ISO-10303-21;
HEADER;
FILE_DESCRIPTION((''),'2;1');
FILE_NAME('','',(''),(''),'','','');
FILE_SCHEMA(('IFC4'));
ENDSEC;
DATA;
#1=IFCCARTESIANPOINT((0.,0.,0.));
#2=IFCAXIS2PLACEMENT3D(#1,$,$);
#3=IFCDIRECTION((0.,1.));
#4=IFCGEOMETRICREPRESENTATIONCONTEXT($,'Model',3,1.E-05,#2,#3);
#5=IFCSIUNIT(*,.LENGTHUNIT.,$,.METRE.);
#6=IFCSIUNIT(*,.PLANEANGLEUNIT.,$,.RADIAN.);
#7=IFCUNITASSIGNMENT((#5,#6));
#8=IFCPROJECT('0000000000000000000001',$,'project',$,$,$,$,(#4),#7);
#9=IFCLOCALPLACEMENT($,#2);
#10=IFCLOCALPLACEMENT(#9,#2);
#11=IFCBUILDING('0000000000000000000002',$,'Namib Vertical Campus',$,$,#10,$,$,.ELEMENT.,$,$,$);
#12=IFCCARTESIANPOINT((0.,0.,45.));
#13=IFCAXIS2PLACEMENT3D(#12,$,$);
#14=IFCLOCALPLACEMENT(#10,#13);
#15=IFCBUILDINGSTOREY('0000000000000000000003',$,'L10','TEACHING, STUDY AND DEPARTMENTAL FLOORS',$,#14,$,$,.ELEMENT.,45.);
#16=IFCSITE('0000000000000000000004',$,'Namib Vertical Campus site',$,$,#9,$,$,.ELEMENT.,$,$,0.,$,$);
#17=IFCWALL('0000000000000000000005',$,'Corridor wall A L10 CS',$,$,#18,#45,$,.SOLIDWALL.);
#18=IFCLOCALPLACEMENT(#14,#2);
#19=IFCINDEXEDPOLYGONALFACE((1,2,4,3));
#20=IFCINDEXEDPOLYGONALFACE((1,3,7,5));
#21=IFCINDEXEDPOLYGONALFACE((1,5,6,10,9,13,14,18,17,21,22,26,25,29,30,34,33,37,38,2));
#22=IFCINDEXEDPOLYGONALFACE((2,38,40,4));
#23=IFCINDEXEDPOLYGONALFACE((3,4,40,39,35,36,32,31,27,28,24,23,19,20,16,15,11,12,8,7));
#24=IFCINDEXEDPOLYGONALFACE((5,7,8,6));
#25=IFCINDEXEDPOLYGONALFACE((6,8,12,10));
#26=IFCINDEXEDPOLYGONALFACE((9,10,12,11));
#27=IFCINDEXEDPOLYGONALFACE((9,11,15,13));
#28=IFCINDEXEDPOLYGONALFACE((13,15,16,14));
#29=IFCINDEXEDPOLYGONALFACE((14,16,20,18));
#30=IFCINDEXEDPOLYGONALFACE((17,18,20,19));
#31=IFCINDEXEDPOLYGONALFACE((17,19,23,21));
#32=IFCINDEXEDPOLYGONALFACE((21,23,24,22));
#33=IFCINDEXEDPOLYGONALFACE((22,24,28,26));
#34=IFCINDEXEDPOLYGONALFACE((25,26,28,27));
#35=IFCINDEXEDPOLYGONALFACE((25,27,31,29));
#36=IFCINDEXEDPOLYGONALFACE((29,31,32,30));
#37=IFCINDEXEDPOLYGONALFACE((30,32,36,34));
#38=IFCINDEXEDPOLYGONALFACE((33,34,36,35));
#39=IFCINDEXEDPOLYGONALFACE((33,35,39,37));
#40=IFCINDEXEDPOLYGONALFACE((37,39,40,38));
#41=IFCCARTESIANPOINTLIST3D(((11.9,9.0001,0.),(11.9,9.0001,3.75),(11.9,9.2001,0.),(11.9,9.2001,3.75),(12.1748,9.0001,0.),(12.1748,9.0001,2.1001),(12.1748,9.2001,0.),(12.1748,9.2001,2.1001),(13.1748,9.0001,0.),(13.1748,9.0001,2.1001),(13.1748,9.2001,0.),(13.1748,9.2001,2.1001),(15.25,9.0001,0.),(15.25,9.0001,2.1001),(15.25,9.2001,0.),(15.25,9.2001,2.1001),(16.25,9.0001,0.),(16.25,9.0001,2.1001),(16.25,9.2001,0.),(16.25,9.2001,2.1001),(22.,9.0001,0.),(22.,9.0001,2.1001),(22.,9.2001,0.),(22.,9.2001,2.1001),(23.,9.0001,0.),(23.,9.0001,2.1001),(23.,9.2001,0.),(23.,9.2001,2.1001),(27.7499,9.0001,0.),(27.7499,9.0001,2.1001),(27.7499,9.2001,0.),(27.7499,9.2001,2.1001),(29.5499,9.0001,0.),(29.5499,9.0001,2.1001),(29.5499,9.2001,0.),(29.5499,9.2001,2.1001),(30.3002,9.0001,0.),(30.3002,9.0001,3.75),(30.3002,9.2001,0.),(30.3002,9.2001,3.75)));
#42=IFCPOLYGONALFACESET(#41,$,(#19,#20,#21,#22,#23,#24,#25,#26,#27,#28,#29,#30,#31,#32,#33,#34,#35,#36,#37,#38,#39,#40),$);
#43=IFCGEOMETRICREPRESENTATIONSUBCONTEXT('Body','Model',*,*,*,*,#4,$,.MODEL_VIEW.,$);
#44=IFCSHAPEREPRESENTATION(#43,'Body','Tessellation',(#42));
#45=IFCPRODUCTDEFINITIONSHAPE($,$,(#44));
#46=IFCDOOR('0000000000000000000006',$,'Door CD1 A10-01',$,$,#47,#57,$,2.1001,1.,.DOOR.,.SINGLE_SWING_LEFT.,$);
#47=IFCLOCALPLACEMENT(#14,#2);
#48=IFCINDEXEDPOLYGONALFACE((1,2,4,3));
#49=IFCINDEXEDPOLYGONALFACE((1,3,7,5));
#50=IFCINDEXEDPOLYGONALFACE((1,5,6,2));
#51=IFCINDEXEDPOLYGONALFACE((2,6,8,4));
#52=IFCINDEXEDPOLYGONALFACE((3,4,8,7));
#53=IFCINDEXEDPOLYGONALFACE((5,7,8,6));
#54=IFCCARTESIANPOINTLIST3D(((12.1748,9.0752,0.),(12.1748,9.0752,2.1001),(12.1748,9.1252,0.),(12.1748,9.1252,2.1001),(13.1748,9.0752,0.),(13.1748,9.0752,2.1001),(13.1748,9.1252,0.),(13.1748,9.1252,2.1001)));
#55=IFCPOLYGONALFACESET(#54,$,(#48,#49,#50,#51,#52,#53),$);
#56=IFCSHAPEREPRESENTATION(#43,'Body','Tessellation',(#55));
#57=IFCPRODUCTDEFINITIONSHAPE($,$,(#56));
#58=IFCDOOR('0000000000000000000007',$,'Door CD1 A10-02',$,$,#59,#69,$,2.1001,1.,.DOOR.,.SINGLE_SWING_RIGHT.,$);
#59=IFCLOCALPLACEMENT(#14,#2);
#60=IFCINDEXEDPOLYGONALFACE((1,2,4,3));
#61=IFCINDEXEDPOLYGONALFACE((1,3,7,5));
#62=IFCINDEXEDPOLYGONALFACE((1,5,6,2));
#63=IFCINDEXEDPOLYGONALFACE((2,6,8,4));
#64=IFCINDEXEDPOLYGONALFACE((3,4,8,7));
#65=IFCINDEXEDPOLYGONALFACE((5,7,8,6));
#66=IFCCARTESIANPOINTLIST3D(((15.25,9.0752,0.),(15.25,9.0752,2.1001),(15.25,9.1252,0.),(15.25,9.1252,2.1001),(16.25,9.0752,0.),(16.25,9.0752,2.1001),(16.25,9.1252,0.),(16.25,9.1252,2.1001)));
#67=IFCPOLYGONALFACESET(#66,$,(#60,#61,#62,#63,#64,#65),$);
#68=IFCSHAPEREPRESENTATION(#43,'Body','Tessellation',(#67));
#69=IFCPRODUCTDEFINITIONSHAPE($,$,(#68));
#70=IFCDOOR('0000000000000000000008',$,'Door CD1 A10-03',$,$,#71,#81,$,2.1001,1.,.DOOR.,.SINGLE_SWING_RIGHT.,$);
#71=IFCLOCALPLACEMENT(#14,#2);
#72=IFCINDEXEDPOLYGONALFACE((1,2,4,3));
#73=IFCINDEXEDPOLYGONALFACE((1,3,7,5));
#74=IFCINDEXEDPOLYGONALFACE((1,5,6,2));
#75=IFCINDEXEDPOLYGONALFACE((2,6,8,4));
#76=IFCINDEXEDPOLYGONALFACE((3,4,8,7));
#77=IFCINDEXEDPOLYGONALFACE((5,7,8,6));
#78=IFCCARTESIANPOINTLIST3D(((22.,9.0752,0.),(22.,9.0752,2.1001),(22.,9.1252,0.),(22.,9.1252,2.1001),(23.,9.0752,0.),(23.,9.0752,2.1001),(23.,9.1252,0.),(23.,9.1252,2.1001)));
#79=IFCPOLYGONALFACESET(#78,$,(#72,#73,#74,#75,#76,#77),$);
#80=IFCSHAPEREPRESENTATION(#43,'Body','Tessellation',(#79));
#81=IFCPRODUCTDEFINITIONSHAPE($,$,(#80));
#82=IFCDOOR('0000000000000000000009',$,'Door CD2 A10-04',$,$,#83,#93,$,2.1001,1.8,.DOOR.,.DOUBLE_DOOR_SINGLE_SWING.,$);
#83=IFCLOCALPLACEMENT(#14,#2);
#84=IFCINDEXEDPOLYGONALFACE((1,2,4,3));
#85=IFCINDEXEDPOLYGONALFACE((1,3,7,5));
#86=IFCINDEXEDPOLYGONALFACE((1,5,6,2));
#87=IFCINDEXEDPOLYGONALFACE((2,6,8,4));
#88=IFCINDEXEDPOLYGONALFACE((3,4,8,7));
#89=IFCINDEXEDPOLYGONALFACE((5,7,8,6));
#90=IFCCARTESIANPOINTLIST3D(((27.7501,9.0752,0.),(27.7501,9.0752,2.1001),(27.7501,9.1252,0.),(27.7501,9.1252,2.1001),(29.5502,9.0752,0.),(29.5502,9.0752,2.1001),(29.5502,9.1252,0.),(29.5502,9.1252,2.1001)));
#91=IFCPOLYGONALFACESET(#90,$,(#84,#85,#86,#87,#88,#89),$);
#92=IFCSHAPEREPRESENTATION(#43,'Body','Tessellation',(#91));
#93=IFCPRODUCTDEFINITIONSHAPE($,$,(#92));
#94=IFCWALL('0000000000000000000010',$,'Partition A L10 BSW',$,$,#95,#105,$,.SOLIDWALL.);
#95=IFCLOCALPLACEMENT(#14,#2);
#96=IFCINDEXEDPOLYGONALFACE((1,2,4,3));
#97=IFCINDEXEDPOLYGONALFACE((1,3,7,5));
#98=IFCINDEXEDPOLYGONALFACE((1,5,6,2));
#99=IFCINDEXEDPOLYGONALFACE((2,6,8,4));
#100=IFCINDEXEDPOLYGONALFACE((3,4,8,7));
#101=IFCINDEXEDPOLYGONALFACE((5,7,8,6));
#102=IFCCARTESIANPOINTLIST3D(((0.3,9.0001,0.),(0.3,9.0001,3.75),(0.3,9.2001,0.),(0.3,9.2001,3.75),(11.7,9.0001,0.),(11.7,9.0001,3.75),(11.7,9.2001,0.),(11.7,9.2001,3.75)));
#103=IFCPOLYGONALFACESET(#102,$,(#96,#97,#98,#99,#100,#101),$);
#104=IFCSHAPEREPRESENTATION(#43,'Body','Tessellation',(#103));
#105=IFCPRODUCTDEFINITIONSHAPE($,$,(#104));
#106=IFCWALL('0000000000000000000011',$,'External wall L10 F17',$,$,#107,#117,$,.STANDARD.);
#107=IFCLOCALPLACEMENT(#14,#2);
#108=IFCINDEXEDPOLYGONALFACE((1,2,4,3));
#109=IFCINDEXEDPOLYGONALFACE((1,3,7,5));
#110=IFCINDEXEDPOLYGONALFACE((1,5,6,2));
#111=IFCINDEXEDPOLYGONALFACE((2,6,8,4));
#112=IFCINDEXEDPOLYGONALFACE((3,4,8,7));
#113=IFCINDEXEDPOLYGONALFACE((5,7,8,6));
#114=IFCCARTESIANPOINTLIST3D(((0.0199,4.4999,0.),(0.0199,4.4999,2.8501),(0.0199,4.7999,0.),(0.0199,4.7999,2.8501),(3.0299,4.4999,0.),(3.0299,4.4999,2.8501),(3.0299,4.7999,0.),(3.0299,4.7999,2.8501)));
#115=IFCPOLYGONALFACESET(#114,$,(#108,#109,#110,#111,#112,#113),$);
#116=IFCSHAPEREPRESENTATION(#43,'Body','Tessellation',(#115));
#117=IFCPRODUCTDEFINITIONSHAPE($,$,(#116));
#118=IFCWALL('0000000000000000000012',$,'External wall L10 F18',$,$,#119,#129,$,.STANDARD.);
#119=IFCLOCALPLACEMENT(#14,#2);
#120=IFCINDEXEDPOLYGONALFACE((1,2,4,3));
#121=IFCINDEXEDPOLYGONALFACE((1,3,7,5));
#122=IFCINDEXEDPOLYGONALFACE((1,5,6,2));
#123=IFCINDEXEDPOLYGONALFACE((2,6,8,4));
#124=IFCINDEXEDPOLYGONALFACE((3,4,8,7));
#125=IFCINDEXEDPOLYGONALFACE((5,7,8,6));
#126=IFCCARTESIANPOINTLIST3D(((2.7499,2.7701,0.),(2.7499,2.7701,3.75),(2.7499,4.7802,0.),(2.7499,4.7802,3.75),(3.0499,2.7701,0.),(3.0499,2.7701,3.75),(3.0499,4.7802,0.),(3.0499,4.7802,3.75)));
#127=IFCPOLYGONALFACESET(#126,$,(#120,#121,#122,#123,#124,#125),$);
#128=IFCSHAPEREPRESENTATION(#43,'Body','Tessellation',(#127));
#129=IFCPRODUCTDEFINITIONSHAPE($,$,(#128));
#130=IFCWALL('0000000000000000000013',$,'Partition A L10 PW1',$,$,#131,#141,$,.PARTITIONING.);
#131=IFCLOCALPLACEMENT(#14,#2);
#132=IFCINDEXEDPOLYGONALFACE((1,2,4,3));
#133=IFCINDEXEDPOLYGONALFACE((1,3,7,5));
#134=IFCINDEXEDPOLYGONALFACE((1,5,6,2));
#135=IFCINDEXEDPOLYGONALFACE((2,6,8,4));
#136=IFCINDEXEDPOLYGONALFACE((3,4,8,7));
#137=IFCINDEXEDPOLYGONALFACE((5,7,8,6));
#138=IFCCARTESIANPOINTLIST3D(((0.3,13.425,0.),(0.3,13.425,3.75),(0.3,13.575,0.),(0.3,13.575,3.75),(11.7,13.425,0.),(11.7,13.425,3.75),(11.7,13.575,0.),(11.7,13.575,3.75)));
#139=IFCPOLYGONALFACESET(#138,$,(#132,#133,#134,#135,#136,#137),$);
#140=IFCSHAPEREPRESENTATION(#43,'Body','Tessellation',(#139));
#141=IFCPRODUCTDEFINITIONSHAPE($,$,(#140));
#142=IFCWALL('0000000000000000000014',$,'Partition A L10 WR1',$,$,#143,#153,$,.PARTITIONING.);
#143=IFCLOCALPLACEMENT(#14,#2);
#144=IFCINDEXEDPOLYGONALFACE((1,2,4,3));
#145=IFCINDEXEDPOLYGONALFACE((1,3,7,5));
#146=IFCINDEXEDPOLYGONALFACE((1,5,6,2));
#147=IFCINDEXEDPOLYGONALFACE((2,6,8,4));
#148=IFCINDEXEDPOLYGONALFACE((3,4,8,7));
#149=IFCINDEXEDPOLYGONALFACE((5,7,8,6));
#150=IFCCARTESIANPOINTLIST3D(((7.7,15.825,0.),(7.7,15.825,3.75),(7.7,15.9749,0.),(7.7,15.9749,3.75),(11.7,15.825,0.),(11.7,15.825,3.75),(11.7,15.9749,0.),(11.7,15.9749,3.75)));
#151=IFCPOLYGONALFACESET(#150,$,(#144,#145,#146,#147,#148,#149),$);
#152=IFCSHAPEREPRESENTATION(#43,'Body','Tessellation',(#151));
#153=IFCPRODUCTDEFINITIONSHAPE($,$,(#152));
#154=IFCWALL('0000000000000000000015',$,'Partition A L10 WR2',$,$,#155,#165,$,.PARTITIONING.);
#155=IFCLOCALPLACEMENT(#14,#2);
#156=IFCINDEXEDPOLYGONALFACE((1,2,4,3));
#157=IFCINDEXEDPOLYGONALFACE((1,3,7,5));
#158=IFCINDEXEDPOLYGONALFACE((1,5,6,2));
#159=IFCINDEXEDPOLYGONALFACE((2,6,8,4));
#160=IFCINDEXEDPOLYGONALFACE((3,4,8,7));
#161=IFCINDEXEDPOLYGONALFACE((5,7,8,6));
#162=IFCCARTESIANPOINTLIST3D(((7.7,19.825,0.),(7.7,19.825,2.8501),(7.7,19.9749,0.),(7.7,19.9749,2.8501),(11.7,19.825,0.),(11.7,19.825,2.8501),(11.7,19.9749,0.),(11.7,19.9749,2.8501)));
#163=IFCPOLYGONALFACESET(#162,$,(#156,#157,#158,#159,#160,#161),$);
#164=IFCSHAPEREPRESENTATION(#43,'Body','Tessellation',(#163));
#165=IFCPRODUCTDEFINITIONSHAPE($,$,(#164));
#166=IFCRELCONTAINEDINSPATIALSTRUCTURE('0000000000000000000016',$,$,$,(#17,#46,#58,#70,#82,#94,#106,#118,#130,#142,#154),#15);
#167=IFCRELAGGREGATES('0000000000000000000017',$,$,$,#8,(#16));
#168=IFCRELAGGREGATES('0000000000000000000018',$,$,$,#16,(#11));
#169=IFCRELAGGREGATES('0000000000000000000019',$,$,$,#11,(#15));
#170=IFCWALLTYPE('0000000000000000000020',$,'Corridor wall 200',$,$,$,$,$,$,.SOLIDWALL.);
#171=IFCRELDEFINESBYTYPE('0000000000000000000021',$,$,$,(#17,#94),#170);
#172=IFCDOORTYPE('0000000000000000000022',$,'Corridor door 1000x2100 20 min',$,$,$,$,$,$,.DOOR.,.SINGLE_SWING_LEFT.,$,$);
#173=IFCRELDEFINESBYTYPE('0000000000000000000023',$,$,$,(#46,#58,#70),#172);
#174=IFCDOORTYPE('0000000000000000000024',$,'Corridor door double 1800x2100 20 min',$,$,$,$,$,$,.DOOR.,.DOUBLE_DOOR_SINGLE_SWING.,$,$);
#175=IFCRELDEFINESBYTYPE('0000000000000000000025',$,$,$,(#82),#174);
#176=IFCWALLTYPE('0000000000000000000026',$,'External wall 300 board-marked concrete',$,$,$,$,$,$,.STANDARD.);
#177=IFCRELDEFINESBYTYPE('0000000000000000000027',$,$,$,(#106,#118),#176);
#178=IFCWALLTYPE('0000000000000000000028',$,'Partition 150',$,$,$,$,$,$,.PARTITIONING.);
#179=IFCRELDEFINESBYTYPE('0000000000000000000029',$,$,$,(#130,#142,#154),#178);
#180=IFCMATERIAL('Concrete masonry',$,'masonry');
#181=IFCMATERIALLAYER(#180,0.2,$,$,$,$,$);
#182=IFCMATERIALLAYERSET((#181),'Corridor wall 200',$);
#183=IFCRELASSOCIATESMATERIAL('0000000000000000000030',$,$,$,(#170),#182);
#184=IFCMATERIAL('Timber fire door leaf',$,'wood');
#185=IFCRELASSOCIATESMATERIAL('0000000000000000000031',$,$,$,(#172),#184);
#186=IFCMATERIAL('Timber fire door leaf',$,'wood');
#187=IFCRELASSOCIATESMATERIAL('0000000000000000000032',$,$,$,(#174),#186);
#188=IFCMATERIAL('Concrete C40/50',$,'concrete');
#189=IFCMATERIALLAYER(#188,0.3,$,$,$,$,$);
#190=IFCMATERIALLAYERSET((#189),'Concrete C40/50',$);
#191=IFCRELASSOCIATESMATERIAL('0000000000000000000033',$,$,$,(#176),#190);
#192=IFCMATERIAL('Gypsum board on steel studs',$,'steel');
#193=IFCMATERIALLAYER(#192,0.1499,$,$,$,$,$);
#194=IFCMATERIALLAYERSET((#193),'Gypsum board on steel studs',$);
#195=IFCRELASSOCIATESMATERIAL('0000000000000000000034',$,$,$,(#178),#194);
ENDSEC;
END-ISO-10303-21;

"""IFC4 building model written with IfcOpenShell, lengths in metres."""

from ifc_helpers import new_model, si_unit, direction, frame, frame_2d, origin, place, context, subcontext, project, spatial, rectangle, extrude, material, layer, layer_set, type_object, element, fill, save


model = new_model("IFC4")

# Units and contexts
model_context = context("Model", 3, precision=1e-05, world=origin(), true_north=direction((0.0, 1.0)))
body_context = subcontext(model_context, "Body", "Model", "MODEL_VIEW")
ifc_project = project(units=[si_unit("LENGTHUNIT", "METRE"), si_unit("PLANEANGLEUNIT", "RADIAN")], contexts=[model_context])

# Site, building, storey
site_placement = place(None, origin())
site = spatial("IfcSite", under=ifc_project, at=site_placement, Name="Namib Vertical Campus site", CompositionType="ELEMENT", RefElevation=0.0)
building_placement = place(site_placement, origin())
building = spatial("IfcBuilding", under=site, at=building_placement, Name="Namib Vertical Campus", CompositionType="ELEMENT")
storey_placement = place(building_placement, frame((0.0, 0.0, 45.0)))
storey = spatial("IfcBuildingStorey", under=building, at=storey_placement, Name="L10", Description="TEACHING, STUDY AND DEPARTMENTAL FLOORS", CompositionType="ELEMENT", Elevation=45.0)

# Wall, openings, doors
ifc_material_1 = material(Name="Concrete masonry", Category="masonry")
ifc_layer_1 = layer(ifc_material_1, 0.2)
ifc_layer_set_1 = layer_set([ifc_layer_1], Name="Corridor wall 200")
wall_type_1 = type_object("IfcWallType", Name="Corridor wall 200", PredefinedType="SOLIDWALL", material=ifc_layer_set_1)
wall_1_placement = place(storey_placement, frame((11.8999, 9.1001, 0.0), z_axis=(0.0, 0.0, 1.0), x_axis=(1.0, 0.0, 0.0)))
wall_1 = element("IfcWall", 1, at=wall_1_placement, inside=storey, type_object=wall_type_1, Name="Corridor wall A L10 CS", PredefinedType="SOLIDWALL", context=body_context, shape_type="SweptSolid", body=[
    extrude(rectangle(XDim=18.4001, YDim=0.2, at=frame_2d((9.2002, 0.0))), origin(), (0.0, 0.0, 1.0), 3.75),
])
opening_1_placement = place(wall_1_placement, frame((0.2749, 0.0, 0.0)))
opening_1 = element("IfcOpeningElement", 2, at=opening_1_placement, cuts=wall_1, PredefinedType="OPENING", context=body_context, shape_type="SweptSolid", body=[
    extrude(rectangle(XDim=1.0, YDim=2.1001, at=frame_2d((0.5, 1.05))), frame((0.0, 0.1099, 0.0), z_axis=(0.0, -1.0, 0.0), x_axis=(1.0, 0.0, 0.0)), (0.0, 0.0, 1.0), 0.22),
])
opening_2_placement = place(wall_1_placement, frame((3.3501, 0.0, 0.0)))
opening_2 = element("IfcOpeningElement", 3, at=opening_2_placement, cuts=wall_1, PredefinedType="OPENING", context=body_context, shape_type="SweptSolid", body=[
    extrude(rectangle(XDim=1.0, YDim=2.1001, at=frame_2d((0.5, 1.05))), frame((0.0, 0.1099, 0.0), z_axis=(0.0, -1.0, 0.0), x_axis=(1.0, 0.0, 0.0)), (0.0, 0.0, 1.0), 0.22),
])
opening_3_placement = place(wall_1_placement, frame((10.1001, 0.0, 0.0)))
opening_3 = element("IfcOpeningElement", 4, at=opening_3_placement, cuts=wall_1, PredefinedType="OPENING", context=body_context, shape_type="SweptSolid", body=[
    extrude(rectangle(XDim=1.0, YDim=2.1001, at=frame_2d((0.5, 1.05))), frame((0.0, 0.1099, 0.0), z_axis=(0.0, -1.0, 0.0), x_axis=(1.0, 0.0, 0.0)), (0.0, 0.0, 1.0), 0.22),
])
opening_4_placement = place(wall_1_placement, frame((15.8501, 0.0, 0.0)))
opening_4 = element("IfcOpeningElement", 5, at=opening_4_placement, cuts=wall_1, PredefinedType="OPENING", context=body_context, shape_type="SweptSolid", body=[
    extrude(rectangle(XDim=1.8, YDim=2.1001, at=frame_2d((0.8999, 1.05))), frame((0.0, 0.1099, 0.0), z_axis=(0.0, -1.0, 0.0), x_axis=(1.0, 0.0, 0.0)), (0.0, 0.0, 1.0), 0.22),
])
ifc_material_2 = material(Name="Timber fire door leaf", Category="wood")
door_type_1 = type_object("IfcDoorType", Name="Corridor door 1000x2100 20 min", OperationType="SINGLE_SWING_LEFT", PredefinedType="DOOR", material=ifc_material_2)
door_1_placement = place(opening_1_placement, frame((1.0, 0.0, 0.0), z_axis=(0.0, 0.0, 1.0), x_axis=(-1.0, 0.0, 0.0)))
door_1 = element("IfcDoor", 6, at=door_1_placement, inside=storey, type_object=door_type_1, Name="Door CD1 A10-01", OperationType="SINGLE_SWING_LEFT", OverallHeight=2.1001, OverallWidth=1.0, PredefinedType="DOOR", context=body_context, shape_type="SweptSolid", body=[
    extrude(rectangle(XDim=1.0, YDim=2.1001, at=frame_2d((0.5, 1.05))), frame((0.0, 0.0249, 0.0), z_axis=(0.0, -1.0, 0.0), x_axis=(1.0, 0.0, 0.0)), (0.0, 0.0, 1.0), 0.05),
])
fill(opening_1, door_1)
door_2_placement = place(opening_2_placement, frame((1.0, 0.0, 0.0), z_axis=(0.0, 0.0, 1.0), x_axis=(-1.0, 0.0, 0.0)))
door_2 = element("IfcDoor", 7, at=door_2_placement, inside=storey, type_object=door_type_1, Name="Door CD1 A10-02", OperationType="SINGLE_SWING_RIGHT", OverallHeight=2.1001, OverallWidth=1.0, PredefinedType="DOOR", context=body_context, shape_type="SweptSolid", body=[
    extrude(rectangle(XDim=1.0, YDim=2.1001, at=frame_2d((0.5, 1.05))), frame((0.0, 0.0249, 0.0), z_axis=(0.0, -1.0, 0.0), x_axis=(1.0, 0.0, 0.0)), (0.0, 0.0, 1.0), 0.05),
])
fill(opening_2, door_2)
door_3_placement = place(opening_3_placement, frame((1.0, 0.0, 0.0), z_axis=(0.0, 0.0, 1.0), x_axis=(-1.0, 0.0, 0.0)))
door_3 = element("IfcDoor", 8, at=door_3_placement, inside=storey, type_object=door_type_1, Name="Door CD1 A10-03", OperationType="SINGLE_SWING_RIGHT", OverallHeight=2.1001, OverallWidth=1.0, PredefinedType="DOOR", context=body_context, shape_type="SweptSolid", body=[
    extrude(rectangle(XDim=1.0, YDim=2.1001, at=frame_2d((0.5, 1.05))), frame((0.0, 0.0249, 0.0), z_axis=(0.0, -1.0, 0.0), x_axis=(1.0, 0.0, 0.0)), (0.0, 0.0, 1.0), 0.05),
])
fill(opening_3, door_3)
ifc_material_3 = material(Name="Timber fire door leaf", Category="wood")
door_type_2 = type_object("IfcDoorType", Name="Corridor door double 1800x2100 20 min", OperationType="DOUBLE_DOOR_SINGLE_SWING", PredefinedType="DOOR", material=ifc_material_3)
door_4_placement = place(opening_4_placement, frame((1.8, 0.0, 0.0), z_axis=(0.0, 0.0, 1.0), x_axis=(-1.0, 0.0, 0.0)))
door_4 = element("IfcDoor", 9, at=door_4_placement, inside=storey, type_object=door_type_2, Name="Door CD2 A10-04", OperationType="DOUBLE_DOOR_SINGLE_SWING", OverallHeight=2.1001, OverallWidth=1.8, PredefinedType="DOOR", context=body_context, shape_type="SweptSolid", body=[
    extrude(rectangle(XDim=1.8, YDim=2.1001, at=frame_2d((0.8999, 1.05))), frame((0.0, 0.0249, 0.0), z_axis=(0.0, -1.0, 0.0), x_axis=(1.0, 0.0, 0.0)), (0.0, 0.0, 1.0), 0.05),
])
fill(opening_4, door_4)

# Walls
wall_2_placement = place(storey_placement, frame((0.3, 9.1001, 0.0), z_axis=(0.0, 0.0, 1.0), x_axis=(1.0, 0.0, 0.0)))
element("IfcWall", 10, at=wall_2_placement, inside=storey, type_object=wall_type_1, Name="Partition A L10 BSW", PredefinedType="SOLIDWALL", context=body_context, shape_type="SweptSolid", body=[
    extrude(rectangle(XDim=11.3999, YDim=0.2, at=frame_2d((5.7, 0.0))), origin(), (0.0, 0.0, 1.0), 3.75),
])
ifc_material_4 = material(Name="Concrete C40/50", Category="concrete")
ifc_layer_2 = layer(ifc_material_4, 0.3)
ifc_layer_set_2 = layer_set([ifc_layer_2], Name="Concrete C40/50")
wall_type_2 = type_object("IfcWallType", Name="External wall 300 board-marked concrete", PredefinedType="STANDARD", material=ifc_layer_set_2)
wall_3_placement = place(storey_placement, frame((0.02, 4.6499, 0.0), z_axis=(0.0, 0.0, 1.0), x_axis=(1.0, 0.0, 0.0)))
element("IfcWall", 11, at=wall_3_placement, inside=storey, type_object=wall_type_2, Name="External wall L10 F17", PredefinedType="STANDARD", context=body_context, shape_type="SweptSolid", body=[
    extrude(rectangle(XDim=3.01, YDim=0.3, at=frame_2d((1.5049, 0.0))), origin(), (0.0, 0.0, 1.0), 2.8501),
])
wall_4_placement = place(storey_placement, frame((2.8999, 4.78, 0.0), z_axis=(0.0, 0.0, 1.0), x_axis=(0.0, -1.0, 0.0)))
element("IfcWall", 12, at=wall_4_placement, inside=storey, type_object=wall_type_2, Name="External wall L10 F18", PredefinedType="STANDARD", context=body_context, shape_type="SweptSolid", body=[
    extrude(rectangle(XDim=2.01, YDim=0.3, at=frame_2d((1.0049, 0.0))), origin(), (0.0, 0.0, 1.0), 3.75),
])
ifc_material_5 = material(Name="Gypsum board on steel studs", Category="steel")
ifc_layer_3 = layer(ifc_material_5, 0.1499)
ifc_layer_set_3 = layer_set([ifc_layer_3], Name="Gypsum board on steel studs")
wall_type_3 = type_object("IfcWallType", Name="Partition 150", PredefinedType="PARTITIONING", material=ifc_layer_set_3)
wall_5_placement = place(storey_placement, frame((0.3, 13.5, 0.0), z_axis=(0.0, 0.0, 1.0), x_axis=(1.0, 0.0, 0.0)))
element("IfcWall", 13, at=wall_5_placement, inside=storey, type_object=wall_type_3, Name="Partition A L10 PW1", PredefinedType="PARTITIONING", context=body_context, shape_type="SweptSolid", body=[
    extrude(rectangle(XDim=11.3999, YDim=0.1499, at=frame_2d((5.7, 0.0))), origin(), (0.0, 0.0, 1.0), 3.75),
])
wall_6_placement = place(storey_placement, frame((11.7, 15.8999, 0.0), z_axis=(0.0, 0.0, 1.0), x_axis=(-1.0, 0.0, 0.0)))
element("IfcWall", 14, at=wall_6_placement, inside=storey, type_object=wall_type_3, Name="Partition A L10 WR1", PredefinedType="PARTITIONING", context=body_context, shape_type="SweptSolid", body=[
    extrude(rectangle(XDim=4.0, YDim=0.1499, at=frame_2d((2.0, 0.0))), origin(), (0.0, 0.0, 1.0), 3.75),
])
wall_7_placement = place(storey_placement, frame((11.7, 19.8999, 0.0), z_axis=(0.0, 0.0, 1.0), x_axis=(-1.0, 0.0, 0.0)))
element("IfcWall", 15, at=wall_7_placement, inside=storey, type_object=wall_type_3, Name="Partition A L10 WR2", PredefinedType="PARTITIONING", context=body_context, shape_type="SweptSolid", body=[
    extrude(rectangle(XDim=4.0, YDim=0.1499, at=frame_2d((2.0, 0.0))), origin(), (0.0, 0.0, 1.0), 2.8501),
])

save(model, "model.ifc")
